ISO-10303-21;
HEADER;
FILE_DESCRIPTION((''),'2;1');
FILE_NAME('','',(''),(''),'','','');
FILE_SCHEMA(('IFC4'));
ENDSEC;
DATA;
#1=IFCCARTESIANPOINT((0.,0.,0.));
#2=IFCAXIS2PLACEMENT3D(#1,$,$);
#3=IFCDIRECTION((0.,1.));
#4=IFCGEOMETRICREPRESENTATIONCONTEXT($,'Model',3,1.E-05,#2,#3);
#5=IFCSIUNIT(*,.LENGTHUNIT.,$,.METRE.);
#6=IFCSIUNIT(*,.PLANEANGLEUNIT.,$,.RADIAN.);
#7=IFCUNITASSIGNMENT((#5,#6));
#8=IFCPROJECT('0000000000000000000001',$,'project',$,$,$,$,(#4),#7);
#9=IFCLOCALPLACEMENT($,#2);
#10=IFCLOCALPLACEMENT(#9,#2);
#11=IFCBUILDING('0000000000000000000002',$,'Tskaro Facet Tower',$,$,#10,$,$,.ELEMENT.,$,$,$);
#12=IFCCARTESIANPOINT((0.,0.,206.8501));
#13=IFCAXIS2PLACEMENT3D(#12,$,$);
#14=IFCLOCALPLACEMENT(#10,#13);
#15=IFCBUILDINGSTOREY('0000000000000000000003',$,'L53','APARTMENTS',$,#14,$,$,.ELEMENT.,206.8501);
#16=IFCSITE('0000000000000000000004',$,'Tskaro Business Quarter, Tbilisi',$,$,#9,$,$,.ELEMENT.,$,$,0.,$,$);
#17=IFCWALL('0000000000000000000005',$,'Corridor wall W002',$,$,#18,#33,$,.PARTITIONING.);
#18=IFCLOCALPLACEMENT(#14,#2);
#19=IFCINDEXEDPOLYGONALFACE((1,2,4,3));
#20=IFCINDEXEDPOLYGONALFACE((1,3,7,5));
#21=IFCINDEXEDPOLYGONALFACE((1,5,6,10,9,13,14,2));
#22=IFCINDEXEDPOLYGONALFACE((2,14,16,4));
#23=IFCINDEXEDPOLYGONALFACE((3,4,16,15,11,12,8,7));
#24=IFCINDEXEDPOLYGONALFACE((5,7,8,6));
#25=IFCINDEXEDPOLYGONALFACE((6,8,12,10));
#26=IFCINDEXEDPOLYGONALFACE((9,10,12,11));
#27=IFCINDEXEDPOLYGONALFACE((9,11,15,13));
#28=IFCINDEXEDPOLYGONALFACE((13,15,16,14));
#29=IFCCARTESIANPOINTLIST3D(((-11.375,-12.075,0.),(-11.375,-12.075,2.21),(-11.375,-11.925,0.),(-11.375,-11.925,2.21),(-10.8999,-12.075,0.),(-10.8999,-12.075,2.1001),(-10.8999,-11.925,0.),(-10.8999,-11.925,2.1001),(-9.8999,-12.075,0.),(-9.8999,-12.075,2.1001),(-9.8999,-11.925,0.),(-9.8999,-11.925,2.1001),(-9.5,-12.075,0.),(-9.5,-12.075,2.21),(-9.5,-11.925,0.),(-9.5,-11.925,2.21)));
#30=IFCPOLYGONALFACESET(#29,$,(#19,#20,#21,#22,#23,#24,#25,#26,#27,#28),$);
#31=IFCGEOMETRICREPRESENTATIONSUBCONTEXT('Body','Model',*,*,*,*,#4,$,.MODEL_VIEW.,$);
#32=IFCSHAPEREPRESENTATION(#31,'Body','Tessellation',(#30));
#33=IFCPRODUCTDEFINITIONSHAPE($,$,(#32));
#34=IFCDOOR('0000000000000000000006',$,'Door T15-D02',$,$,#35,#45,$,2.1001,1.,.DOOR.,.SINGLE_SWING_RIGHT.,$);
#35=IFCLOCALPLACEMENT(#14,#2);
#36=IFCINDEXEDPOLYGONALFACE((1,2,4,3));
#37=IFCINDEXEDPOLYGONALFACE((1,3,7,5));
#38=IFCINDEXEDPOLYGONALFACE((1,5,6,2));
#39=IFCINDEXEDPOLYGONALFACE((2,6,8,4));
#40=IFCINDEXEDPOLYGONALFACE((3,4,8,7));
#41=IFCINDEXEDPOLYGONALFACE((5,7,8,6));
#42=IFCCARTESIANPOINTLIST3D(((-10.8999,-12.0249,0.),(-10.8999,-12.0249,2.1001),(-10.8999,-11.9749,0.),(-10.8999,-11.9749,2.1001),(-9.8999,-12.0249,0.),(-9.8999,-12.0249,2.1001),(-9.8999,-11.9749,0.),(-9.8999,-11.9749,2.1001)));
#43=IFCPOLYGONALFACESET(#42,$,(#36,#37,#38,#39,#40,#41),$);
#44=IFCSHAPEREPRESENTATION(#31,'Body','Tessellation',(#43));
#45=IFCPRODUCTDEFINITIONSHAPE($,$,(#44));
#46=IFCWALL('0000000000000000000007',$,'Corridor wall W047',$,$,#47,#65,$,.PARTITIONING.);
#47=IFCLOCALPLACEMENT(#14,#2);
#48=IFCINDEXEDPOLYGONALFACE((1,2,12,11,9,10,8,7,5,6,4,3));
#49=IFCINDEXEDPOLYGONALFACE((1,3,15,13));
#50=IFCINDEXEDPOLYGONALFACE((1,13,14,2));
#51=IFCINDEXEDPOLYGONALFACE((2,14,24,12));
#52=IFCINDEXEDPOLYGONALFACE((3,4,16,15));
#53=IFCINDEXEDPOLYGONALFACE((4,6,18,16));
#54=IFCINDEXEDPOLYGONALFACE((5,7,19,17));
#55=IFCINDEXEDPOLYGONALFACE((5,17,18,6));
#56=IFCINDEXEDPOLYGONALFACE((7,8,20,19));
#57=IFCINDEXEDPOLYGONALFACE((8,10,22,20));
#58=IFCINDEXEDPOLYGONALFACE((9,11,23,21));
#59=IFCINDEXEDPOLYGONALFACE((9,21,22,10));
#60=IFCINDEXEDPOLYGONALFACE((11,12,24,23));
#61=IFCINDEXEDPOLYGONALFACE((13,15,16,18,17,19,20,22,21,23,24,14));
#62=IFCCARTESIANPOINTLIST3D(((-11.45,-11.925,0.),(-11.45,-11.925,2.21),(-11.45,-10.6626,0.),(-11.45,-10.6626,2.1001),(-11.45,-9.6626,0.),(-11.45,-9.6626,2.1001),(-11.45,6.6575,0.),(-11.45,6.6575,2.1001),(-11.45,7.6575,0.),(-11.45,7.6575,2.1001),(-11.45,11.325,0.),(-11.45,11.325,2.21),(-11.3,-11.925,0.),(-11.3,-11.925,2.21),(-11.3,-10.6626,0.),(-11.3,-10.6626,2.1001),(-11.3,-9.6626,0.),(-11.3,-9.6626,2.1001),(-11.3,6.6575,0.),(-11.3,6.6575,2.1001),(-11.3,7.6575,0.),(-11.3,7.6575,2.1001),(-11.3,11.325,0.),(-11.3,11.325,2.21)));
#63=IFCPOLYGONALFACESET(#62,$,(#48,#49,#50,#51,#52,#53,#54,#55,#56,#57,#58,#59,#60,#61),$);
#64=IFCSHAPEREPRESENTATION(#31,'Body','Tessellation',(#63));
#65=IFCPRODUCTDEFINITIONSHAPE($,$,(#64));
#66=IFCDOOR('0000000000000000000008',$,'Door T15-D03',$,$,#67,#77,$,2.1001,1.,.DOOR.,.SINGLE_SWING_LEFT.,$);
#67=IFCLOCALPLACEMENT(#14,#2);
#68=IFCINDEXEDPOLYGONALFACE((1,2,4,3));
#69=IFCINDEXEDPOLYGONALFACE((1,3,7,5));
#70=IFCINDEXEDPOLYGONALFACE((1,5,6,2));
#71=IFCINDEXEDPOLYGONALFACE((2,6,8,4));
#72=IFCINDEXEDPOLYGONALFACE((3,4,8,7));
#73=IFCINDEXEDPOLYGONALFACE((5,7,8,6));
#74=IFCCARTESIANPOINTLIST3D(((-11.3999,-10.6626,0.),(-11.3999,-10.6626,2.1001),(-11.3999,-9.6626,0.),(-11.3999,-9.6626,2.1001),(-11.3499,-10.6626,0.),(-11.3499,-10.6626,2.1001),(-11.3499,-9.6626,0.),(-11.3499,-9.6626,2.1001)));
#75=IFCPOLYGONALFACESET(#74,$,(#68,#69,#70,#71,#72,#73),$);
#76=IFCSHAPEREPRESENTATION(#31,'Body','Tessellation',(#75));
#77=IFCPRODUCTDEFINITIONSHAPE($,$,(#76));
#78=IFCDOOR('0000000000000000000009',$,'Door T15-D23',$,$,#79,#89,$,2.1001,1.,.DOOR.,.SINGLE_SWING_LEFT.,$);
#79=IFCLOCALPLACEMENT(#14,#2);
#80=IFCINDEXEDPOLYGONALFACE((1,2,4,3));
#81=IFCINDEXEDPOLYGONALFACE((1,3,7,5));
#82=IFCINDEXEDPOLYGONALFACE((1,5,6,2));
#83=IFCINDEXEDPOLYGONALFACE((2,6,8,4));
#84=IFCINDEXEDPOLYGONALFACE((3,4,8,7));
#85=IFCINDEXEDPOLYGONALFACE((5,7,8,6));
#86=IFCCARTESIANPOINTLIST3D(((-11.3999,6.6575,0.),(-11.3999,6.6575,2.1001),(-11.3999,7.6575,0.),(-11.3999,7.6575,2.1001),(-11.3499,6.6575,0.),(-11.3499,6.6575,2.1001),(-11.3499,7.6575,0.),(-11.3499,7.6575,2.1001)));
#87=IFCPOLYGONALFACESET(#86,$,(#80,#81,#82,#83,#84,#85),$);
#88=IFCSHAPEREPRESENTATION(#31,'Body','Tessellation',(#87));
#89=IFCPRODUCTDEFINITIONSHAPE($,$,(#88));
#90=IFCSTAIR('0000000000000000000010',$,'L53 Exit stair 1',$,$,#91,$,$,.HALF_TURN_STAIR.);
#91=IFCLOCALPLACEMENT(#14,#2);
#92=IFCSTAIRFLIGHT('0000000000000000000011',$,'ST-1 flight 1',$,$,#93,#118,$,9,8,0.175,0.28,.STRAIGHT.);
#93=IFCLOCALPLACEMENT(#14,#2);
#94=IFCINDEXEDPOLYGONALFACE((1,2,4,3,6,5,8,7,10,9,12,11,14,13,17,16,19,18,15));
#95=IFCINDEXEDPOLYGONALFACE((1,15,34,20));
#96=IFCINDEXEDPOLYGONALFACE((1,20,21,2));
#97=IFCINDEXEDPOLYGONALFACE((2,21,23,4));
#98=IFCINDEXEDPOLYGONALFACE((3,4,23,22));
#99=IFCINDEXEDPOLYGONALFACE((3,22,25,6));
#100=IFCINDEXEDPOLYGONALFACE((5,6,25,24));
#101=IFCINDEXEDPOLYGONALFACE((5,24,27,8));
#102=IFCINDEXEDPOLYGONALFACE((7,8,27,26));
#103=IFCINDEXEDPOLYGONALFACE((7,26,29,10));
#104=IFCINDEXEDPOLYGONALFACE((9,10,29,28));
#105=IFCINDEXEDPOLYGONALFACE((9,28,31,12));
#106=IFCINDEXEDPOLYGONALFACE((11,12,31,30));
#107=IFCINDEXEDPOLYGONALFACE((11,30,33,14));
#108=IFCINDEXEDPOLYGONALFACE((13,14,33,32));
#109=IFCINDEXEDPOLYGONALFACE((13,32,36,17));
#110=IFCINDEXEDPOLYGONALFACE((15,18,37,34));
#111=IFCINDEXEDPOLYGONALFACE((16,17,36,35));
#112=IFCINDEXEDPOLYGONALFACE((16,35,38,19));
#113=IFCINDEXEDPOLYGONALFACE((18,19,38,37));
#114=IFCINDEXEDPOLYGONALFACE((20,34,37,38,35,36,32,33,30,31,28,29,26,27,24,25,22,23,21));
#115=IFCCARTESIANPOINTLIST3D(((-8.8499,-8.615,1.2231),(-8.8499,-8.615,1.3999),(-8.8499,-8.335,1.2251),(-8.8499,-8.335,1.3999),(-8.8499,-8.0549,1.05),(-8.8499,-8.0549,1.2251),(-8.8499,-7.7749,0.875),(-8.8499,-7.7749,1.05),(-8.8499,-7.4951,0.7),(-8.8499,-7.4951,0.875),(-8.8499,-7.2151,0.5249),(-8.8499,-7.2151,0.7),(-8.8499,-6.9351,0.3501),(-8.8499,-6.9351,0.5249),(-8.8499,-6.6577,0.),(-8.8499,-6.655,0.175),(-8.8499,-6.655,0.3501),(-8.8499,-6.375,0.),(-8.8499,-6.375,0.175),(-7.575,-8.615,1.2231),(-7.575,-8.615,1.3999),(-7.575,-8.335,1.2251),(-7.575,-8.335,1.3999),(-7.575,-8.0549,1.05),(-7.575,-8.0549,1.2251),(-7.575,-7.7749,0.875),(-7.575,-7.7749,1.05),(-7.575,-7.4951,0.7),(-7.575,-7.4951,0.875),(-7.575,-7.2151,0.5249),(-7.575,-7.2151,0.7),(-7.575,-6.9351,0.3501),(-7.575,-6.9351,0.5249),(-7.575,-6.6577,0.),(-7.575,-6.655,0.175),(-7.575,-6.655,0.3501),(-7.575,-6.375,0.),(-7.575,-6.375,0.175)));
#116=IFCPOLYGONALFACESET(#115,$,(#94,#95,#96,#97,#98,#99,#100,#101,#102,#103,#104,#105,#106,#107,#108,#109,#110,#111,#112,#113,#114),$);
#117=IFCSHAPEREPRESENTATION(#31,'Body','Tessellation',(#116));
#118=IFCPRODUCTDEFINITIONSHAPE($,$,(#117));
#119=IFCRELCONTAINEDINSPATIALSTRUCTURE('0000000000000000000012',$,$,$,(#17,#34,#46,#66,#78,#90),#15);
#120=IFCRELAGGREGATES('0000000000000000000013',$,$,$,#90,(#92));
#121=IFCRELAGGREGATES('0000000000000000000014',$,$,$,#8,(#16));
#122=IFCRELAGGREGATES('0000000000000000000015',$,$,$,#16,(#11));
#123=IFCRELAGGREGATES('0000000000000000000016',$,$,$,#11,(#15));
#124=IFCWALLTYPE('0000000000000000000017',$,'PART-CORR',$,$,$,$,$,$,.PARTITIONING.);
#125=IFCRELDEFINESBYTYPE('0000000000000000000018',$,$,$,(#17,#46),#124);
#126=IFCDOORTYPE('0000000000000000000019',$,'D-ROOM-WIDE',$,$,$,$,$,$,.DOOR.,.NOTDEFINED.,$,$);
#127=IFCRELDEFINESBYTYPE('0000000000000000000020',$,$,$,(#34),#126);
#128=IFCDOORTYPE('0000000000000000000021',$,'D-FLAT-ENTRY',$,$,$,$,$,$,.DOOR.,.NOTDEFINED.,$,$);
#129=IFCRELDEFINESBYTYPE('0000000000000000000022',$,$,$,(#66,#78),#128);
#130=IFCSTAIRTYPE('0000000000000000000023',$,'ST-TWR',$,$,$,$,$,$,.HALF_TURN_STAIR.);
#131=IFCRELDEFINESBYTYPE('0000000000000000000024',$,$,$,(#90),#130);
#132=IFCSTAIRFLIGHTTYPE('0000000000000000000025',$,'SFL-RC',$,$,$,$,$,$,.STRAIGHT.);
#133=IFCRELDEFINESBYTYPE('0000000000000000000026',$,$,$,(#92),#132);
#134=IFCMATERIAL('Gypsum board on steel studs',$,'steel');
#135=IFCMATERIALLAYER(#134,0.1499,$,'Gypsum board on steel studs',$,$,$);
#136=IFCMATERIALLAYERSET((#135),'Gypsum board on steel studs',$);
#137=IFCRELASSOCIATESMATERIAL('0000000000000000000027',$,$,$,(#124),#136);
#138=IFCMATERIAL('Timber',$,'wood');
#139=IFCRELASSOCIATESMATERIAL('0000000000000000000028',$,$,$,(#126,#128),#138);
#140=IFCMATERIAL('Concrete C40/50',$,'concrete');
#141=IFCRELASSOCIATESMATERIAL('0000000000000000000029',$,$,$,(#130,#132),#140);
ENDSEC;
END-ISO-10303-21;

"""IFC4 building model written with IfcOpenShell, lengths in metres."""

from ifc_helpers import new_model, si_unit, direction, frame, frame_2d, origin, place, context, subcontext, project, spatial, polyline, rectangle, outline, extrude, material, layer, layer_set, type_object, element, fill, aggregate, save


model = new_model("IFC4")

# Units and contexts
model_context = context("Model", 3, precision=1e-05, world=origin(), true_north=direction((0.0, 1.0)))
body_context = subcontext(model_context, "Body", "Model", "MODEL_VIEW")
ifc_project = project(units=[si_unit("LENGTHUNIT", "METRE"), si_unit("PLANEANGLEUNIT", "RADIAN")], contexts=[model_context])

# Site, building, storey
site_placement = place(None, origin())
site = spatial("IfcSite", under=ifc_project, at=site_placement, Name="Tskaro Business Quarter, Tbilisi", CompositionType="ELEMENT", RefElevation=0.0)
building_placement = place(site_placement, origin())
building = spatial("IfcBuilding", under=site, at=building_placement, Name="Tskaro Facet Tower", CompositionType="ELEMENT")
storey_placement = place(building_placement, frame((0.0, 0.0, 206.8501)))
storey = spatial("IfcBuildingStorey", under=building, at=storey_placement, Name="L53", Description="APARTMENTS", CompositionType="ELEMENT", Elevation=206.8501)

# Shared definitions
ifc_material_1 = material(Name="Timber", Category="wood")

# Shared definitions
ifc_material_2 = material(Name="Concrete C40/50", Category="concrete")

# Wall, opening, door
ifc_material_3 = material(Name="Gypsum board on steel studs", Category="steel")
ifc_layer_1 = layer(ifc_material_3, 0.1499, Name="Gypsum board on steel studs")
ifc_layer_set_1 = layer_set([ifc_layer_1], Name="Gypsum board on steel studs")
wall_type_1 = type_object("IfcWallType", Name="PART-CORR", PredefinedType="PARTITIONING", material=ifc_layer_set_1)
wall_1_placement = place(storey_placement, frame((-9.5, -12.0, 0.0), z_axis=(0.0, 0.0, 1.0), x_axis=(-1.0, 0.0, 0.0)))
wall_1 = element("IfcWall", 1, at=wall_1_placement, inside=storey, type_object=wall_type_1, Name="Corridor wall W002", PredefinedType="PARTITIONING", context=body_context, shape_type="SweptSolid", body=[
    extrude(rectangle(XDim=1.875, YDim=0.1499, at=frame_2d((0.9375, 0.0))), origin(), (0.0, 0.0, 1.0), 2.21),
])
opening_1_placement = place(wall_1_placement, frame((0.3999, 0.0, 0.0)))
opening_1 = element("IfcOpeningElement", 2, at=opening_1_placement, cuts=wall_1, PredefinedType="OPENING", context=body_context, shape_type="SweptSolid", body=[
    extrude(rectangle(XDim=1.0, YDim=2.1001, at=frame_2d((0.5, 1.05))), frame((0.0, 0.085, 0.0), z_axis=(0.0, -1.0, 0.0), x_axis=(1.0, 0.0, 0.0)), (0.0, 0.0, 1.0), 0.1699),
])
door_type_1 = type_object("IfcDoorType", Name="D-ROOM-WIDE", OperationType="NOTDEFINED", PredefinedType="DOOR", material=ifc_material_1)
door_1_placement = place(opening_1_placement, origin())
door_1 = element("IfcDoor", 3, at=door_1_placement, inside=storey, type_object=door_type_1, Name="Door T15-D02", OperationType="SINGLE_SWING_RIGHT", OverallHeight=2.1001, OverallWidth=1.0, PredefinedType="DOOR", context=body_context, shape_type="SweptSolid", body=[
    extrude(rectangle(XDim=1.0, YDim=2.1001, at=frame_2d((0.5, 1.05))), frame((0.0, 0.0249, 0.0), z_axis=(0.0, -1.0, 0.0), x_axis=(1.0, 0.0, 0.0)), (0.0, 0.0, 1.0), 0.05),
])
fill(opening_1, door_1)

# Wall, openings, doors
wall_2_placement = place(storey_placement, frame((-11.375, -11.925, 0.0), z_axis=(0.0, 0.0, 1.0), x_axis=(0.0, 1.0, 0.0)))
wall_2 = element("IfcWall", 4, at=wall_2_placement, inside=storey, type_object=wall_type_1, Name="Corridor wall W047", PredefinedType="PARTITIONING", context=body_context, shape_type="SweptSolid", body=[
    extrude(rectangle(XDim=23.25, YDim=0.1499, at=frame_2d((11.625, 0.0))), origin(), (0.0, 0.0, 1.0), 2.21),
])
opening_2_placement = place(wall_2_placement, frame((1.2625, 0.0, 0.0)))
opening_2 = element("IfcOpeningElement", 5, at=opening_2_placement, cuts=wall_2, PredefinedType="OPENING", context=body_context, shape_type="SweptSolid", body=[
    extrude(rectangle(XDim=1.0, YDim=2.1001, at=frame_2d((0.5, 1.05))), frame((0.0, 0.085, 0.0), z_axis=(0.0, -1.0, 0.0), x_axis=(1.0, 0.0, 0.0)), (0.0, 0.0, 1.0), 0.1699),
])
opening_3_placement = place(wall_2_placement, frame((18.5825, 0.0, 0.0)))
opening_3 = element("IfcOpeningElement", 6, at=opening_3_placement, cuts=wall_2, PredefinedType="OPENING", context=body_context, shape_type="SweptSolid", body=[
    extrude(rectangle(XDim=1.0, YDim=2.1001, at=frame_2d((0.5, 1.05))), frame((0.0, 0.085, 0.0), z_axis=(0.0, -1.0, 0.0), x_axis=(1.0, 0.0, 0.0)), (0.0, 0.0, 1.0), 0.1699),
])
door_type_2 = type_object("IfcDoorType", Name="D-FLAT-ENTRY", OperationType="NOTDEFINED", PredefinedType="DOOR", material=ifc_material_1)
door_2_placement = place(opening_2_placement, origin())
door_2 = element("IfcDoor", 7, at=door_2_placement, inside=storey, type_object=door_type_2, Name="Door T15-D03", OperationType="SINGLE_SWING_LEFT", OverallHeight=2.1001, OverallWidth=1.0, PredefinedType="DOOR", context=body_context, shape_type="SweptSolid", body=[
    extrude(rectangle(XDim=1.0, YDim=2.1001, at=frame_2d((0.5, 1.05))), frame((0.0, 0.0249, 0.0), z_axis=(0.0, -1.0, 0.0), x_axis=(1.0, 0.0, 0.0)), (0.0, 0.0, 1.0), 0.05),
])
fill(opening_2, door_2)
door_3_placement = place(opening_3_placement, origin())
door_3 = element("IfcDoor", 8, at=door_3_placement, inside=storey, type_object=door_type_2, Name="Door T15-D23", OperationType="SINGLE_SWING_LEFT", OverallHeight=2.1001, OverallWidth=1.0, PredefinedType="DOOR", context=body_context, shape_type="SweptSolid", body=[
    extrude(rectangle(XDim=1.0, YDim=2.1001, at=frame_2d((0.5, 1.05))), frame((0.0, 0.0249, 0.0), z_axis=(0.0, -1.0, 0.0), x_axis=(1.0, 0.0, 0.0)), (0.0, 0.0, 1.0), 0.05),
])
fill(opening_3, door_3)

# Stair, stair flight
stair_type = type_object("IfcStairType", Name="ST-TWR", PredefinedType="HALF_TURN_STAIR", material=ifc_material_2)
stair_placement = place(storey_placement, origin())
stair = element("IfcStair", 9, at=stair_placement, inside=storey, type_object=stair_type, Name="L53 Exit stair 1", PredefinedType="HALF_TURN_STAIR")
stair_flight_type = type_object("IfcStairFlightType", Name="SFL-RC", PredefinedType="STRAIGHT", material=ifc_material_2)
stair_flight_placement = place(storey_placement, frame((-8.2124, -6.375, 0.0), z_axis=(0.0, 0.0, 1.0), x_axis=(0.0, -1.0, 0.0)))
stair_flight = element("IfcStairFlight", 10, at=stair_flight_placement, type_object=stair_flight_type, Name="ST-1 flight 1", NumberOfRisers=9, NumberOfTreads=8, PredefinedType="STRAIGHT", RiserHeight=0.175, TreadLength=0.28, context=body_context, shape_type="SweptSolid", body=[
    extrude(outline(polyline([(0.0, 0.0), (0.0, 0.175), (0.28, 0.175), (0.28, 0.3501), (0.5601, 0.3501), (0.5601, 0.5249), (0.8401, 0.5249), (0.8401, 0.7), (1.1201, 0.7), (1.1201, 0.875), (1.3999, 0.875), (1.3999, 1.05), (1.6799, 1.05), (1.6799, 1.2251), (1.96, 1.2251), (1.96, 1.3999), (2.24, 1.3999), (2.24, 1.575), (2.24, 1.2231), (0.2827, 0.0), (0.0, 0.0)])), frame((0.0, 0.6375, 0.0), z_axis=(0.0, -1.0, 0.0), x_axis=(1.0, 0.0, 0.0)), (0.0, 0.0, 1.0), 1.2749),
])
aggregate(stair, [stair_flight])

save(model, "model.ifc")
